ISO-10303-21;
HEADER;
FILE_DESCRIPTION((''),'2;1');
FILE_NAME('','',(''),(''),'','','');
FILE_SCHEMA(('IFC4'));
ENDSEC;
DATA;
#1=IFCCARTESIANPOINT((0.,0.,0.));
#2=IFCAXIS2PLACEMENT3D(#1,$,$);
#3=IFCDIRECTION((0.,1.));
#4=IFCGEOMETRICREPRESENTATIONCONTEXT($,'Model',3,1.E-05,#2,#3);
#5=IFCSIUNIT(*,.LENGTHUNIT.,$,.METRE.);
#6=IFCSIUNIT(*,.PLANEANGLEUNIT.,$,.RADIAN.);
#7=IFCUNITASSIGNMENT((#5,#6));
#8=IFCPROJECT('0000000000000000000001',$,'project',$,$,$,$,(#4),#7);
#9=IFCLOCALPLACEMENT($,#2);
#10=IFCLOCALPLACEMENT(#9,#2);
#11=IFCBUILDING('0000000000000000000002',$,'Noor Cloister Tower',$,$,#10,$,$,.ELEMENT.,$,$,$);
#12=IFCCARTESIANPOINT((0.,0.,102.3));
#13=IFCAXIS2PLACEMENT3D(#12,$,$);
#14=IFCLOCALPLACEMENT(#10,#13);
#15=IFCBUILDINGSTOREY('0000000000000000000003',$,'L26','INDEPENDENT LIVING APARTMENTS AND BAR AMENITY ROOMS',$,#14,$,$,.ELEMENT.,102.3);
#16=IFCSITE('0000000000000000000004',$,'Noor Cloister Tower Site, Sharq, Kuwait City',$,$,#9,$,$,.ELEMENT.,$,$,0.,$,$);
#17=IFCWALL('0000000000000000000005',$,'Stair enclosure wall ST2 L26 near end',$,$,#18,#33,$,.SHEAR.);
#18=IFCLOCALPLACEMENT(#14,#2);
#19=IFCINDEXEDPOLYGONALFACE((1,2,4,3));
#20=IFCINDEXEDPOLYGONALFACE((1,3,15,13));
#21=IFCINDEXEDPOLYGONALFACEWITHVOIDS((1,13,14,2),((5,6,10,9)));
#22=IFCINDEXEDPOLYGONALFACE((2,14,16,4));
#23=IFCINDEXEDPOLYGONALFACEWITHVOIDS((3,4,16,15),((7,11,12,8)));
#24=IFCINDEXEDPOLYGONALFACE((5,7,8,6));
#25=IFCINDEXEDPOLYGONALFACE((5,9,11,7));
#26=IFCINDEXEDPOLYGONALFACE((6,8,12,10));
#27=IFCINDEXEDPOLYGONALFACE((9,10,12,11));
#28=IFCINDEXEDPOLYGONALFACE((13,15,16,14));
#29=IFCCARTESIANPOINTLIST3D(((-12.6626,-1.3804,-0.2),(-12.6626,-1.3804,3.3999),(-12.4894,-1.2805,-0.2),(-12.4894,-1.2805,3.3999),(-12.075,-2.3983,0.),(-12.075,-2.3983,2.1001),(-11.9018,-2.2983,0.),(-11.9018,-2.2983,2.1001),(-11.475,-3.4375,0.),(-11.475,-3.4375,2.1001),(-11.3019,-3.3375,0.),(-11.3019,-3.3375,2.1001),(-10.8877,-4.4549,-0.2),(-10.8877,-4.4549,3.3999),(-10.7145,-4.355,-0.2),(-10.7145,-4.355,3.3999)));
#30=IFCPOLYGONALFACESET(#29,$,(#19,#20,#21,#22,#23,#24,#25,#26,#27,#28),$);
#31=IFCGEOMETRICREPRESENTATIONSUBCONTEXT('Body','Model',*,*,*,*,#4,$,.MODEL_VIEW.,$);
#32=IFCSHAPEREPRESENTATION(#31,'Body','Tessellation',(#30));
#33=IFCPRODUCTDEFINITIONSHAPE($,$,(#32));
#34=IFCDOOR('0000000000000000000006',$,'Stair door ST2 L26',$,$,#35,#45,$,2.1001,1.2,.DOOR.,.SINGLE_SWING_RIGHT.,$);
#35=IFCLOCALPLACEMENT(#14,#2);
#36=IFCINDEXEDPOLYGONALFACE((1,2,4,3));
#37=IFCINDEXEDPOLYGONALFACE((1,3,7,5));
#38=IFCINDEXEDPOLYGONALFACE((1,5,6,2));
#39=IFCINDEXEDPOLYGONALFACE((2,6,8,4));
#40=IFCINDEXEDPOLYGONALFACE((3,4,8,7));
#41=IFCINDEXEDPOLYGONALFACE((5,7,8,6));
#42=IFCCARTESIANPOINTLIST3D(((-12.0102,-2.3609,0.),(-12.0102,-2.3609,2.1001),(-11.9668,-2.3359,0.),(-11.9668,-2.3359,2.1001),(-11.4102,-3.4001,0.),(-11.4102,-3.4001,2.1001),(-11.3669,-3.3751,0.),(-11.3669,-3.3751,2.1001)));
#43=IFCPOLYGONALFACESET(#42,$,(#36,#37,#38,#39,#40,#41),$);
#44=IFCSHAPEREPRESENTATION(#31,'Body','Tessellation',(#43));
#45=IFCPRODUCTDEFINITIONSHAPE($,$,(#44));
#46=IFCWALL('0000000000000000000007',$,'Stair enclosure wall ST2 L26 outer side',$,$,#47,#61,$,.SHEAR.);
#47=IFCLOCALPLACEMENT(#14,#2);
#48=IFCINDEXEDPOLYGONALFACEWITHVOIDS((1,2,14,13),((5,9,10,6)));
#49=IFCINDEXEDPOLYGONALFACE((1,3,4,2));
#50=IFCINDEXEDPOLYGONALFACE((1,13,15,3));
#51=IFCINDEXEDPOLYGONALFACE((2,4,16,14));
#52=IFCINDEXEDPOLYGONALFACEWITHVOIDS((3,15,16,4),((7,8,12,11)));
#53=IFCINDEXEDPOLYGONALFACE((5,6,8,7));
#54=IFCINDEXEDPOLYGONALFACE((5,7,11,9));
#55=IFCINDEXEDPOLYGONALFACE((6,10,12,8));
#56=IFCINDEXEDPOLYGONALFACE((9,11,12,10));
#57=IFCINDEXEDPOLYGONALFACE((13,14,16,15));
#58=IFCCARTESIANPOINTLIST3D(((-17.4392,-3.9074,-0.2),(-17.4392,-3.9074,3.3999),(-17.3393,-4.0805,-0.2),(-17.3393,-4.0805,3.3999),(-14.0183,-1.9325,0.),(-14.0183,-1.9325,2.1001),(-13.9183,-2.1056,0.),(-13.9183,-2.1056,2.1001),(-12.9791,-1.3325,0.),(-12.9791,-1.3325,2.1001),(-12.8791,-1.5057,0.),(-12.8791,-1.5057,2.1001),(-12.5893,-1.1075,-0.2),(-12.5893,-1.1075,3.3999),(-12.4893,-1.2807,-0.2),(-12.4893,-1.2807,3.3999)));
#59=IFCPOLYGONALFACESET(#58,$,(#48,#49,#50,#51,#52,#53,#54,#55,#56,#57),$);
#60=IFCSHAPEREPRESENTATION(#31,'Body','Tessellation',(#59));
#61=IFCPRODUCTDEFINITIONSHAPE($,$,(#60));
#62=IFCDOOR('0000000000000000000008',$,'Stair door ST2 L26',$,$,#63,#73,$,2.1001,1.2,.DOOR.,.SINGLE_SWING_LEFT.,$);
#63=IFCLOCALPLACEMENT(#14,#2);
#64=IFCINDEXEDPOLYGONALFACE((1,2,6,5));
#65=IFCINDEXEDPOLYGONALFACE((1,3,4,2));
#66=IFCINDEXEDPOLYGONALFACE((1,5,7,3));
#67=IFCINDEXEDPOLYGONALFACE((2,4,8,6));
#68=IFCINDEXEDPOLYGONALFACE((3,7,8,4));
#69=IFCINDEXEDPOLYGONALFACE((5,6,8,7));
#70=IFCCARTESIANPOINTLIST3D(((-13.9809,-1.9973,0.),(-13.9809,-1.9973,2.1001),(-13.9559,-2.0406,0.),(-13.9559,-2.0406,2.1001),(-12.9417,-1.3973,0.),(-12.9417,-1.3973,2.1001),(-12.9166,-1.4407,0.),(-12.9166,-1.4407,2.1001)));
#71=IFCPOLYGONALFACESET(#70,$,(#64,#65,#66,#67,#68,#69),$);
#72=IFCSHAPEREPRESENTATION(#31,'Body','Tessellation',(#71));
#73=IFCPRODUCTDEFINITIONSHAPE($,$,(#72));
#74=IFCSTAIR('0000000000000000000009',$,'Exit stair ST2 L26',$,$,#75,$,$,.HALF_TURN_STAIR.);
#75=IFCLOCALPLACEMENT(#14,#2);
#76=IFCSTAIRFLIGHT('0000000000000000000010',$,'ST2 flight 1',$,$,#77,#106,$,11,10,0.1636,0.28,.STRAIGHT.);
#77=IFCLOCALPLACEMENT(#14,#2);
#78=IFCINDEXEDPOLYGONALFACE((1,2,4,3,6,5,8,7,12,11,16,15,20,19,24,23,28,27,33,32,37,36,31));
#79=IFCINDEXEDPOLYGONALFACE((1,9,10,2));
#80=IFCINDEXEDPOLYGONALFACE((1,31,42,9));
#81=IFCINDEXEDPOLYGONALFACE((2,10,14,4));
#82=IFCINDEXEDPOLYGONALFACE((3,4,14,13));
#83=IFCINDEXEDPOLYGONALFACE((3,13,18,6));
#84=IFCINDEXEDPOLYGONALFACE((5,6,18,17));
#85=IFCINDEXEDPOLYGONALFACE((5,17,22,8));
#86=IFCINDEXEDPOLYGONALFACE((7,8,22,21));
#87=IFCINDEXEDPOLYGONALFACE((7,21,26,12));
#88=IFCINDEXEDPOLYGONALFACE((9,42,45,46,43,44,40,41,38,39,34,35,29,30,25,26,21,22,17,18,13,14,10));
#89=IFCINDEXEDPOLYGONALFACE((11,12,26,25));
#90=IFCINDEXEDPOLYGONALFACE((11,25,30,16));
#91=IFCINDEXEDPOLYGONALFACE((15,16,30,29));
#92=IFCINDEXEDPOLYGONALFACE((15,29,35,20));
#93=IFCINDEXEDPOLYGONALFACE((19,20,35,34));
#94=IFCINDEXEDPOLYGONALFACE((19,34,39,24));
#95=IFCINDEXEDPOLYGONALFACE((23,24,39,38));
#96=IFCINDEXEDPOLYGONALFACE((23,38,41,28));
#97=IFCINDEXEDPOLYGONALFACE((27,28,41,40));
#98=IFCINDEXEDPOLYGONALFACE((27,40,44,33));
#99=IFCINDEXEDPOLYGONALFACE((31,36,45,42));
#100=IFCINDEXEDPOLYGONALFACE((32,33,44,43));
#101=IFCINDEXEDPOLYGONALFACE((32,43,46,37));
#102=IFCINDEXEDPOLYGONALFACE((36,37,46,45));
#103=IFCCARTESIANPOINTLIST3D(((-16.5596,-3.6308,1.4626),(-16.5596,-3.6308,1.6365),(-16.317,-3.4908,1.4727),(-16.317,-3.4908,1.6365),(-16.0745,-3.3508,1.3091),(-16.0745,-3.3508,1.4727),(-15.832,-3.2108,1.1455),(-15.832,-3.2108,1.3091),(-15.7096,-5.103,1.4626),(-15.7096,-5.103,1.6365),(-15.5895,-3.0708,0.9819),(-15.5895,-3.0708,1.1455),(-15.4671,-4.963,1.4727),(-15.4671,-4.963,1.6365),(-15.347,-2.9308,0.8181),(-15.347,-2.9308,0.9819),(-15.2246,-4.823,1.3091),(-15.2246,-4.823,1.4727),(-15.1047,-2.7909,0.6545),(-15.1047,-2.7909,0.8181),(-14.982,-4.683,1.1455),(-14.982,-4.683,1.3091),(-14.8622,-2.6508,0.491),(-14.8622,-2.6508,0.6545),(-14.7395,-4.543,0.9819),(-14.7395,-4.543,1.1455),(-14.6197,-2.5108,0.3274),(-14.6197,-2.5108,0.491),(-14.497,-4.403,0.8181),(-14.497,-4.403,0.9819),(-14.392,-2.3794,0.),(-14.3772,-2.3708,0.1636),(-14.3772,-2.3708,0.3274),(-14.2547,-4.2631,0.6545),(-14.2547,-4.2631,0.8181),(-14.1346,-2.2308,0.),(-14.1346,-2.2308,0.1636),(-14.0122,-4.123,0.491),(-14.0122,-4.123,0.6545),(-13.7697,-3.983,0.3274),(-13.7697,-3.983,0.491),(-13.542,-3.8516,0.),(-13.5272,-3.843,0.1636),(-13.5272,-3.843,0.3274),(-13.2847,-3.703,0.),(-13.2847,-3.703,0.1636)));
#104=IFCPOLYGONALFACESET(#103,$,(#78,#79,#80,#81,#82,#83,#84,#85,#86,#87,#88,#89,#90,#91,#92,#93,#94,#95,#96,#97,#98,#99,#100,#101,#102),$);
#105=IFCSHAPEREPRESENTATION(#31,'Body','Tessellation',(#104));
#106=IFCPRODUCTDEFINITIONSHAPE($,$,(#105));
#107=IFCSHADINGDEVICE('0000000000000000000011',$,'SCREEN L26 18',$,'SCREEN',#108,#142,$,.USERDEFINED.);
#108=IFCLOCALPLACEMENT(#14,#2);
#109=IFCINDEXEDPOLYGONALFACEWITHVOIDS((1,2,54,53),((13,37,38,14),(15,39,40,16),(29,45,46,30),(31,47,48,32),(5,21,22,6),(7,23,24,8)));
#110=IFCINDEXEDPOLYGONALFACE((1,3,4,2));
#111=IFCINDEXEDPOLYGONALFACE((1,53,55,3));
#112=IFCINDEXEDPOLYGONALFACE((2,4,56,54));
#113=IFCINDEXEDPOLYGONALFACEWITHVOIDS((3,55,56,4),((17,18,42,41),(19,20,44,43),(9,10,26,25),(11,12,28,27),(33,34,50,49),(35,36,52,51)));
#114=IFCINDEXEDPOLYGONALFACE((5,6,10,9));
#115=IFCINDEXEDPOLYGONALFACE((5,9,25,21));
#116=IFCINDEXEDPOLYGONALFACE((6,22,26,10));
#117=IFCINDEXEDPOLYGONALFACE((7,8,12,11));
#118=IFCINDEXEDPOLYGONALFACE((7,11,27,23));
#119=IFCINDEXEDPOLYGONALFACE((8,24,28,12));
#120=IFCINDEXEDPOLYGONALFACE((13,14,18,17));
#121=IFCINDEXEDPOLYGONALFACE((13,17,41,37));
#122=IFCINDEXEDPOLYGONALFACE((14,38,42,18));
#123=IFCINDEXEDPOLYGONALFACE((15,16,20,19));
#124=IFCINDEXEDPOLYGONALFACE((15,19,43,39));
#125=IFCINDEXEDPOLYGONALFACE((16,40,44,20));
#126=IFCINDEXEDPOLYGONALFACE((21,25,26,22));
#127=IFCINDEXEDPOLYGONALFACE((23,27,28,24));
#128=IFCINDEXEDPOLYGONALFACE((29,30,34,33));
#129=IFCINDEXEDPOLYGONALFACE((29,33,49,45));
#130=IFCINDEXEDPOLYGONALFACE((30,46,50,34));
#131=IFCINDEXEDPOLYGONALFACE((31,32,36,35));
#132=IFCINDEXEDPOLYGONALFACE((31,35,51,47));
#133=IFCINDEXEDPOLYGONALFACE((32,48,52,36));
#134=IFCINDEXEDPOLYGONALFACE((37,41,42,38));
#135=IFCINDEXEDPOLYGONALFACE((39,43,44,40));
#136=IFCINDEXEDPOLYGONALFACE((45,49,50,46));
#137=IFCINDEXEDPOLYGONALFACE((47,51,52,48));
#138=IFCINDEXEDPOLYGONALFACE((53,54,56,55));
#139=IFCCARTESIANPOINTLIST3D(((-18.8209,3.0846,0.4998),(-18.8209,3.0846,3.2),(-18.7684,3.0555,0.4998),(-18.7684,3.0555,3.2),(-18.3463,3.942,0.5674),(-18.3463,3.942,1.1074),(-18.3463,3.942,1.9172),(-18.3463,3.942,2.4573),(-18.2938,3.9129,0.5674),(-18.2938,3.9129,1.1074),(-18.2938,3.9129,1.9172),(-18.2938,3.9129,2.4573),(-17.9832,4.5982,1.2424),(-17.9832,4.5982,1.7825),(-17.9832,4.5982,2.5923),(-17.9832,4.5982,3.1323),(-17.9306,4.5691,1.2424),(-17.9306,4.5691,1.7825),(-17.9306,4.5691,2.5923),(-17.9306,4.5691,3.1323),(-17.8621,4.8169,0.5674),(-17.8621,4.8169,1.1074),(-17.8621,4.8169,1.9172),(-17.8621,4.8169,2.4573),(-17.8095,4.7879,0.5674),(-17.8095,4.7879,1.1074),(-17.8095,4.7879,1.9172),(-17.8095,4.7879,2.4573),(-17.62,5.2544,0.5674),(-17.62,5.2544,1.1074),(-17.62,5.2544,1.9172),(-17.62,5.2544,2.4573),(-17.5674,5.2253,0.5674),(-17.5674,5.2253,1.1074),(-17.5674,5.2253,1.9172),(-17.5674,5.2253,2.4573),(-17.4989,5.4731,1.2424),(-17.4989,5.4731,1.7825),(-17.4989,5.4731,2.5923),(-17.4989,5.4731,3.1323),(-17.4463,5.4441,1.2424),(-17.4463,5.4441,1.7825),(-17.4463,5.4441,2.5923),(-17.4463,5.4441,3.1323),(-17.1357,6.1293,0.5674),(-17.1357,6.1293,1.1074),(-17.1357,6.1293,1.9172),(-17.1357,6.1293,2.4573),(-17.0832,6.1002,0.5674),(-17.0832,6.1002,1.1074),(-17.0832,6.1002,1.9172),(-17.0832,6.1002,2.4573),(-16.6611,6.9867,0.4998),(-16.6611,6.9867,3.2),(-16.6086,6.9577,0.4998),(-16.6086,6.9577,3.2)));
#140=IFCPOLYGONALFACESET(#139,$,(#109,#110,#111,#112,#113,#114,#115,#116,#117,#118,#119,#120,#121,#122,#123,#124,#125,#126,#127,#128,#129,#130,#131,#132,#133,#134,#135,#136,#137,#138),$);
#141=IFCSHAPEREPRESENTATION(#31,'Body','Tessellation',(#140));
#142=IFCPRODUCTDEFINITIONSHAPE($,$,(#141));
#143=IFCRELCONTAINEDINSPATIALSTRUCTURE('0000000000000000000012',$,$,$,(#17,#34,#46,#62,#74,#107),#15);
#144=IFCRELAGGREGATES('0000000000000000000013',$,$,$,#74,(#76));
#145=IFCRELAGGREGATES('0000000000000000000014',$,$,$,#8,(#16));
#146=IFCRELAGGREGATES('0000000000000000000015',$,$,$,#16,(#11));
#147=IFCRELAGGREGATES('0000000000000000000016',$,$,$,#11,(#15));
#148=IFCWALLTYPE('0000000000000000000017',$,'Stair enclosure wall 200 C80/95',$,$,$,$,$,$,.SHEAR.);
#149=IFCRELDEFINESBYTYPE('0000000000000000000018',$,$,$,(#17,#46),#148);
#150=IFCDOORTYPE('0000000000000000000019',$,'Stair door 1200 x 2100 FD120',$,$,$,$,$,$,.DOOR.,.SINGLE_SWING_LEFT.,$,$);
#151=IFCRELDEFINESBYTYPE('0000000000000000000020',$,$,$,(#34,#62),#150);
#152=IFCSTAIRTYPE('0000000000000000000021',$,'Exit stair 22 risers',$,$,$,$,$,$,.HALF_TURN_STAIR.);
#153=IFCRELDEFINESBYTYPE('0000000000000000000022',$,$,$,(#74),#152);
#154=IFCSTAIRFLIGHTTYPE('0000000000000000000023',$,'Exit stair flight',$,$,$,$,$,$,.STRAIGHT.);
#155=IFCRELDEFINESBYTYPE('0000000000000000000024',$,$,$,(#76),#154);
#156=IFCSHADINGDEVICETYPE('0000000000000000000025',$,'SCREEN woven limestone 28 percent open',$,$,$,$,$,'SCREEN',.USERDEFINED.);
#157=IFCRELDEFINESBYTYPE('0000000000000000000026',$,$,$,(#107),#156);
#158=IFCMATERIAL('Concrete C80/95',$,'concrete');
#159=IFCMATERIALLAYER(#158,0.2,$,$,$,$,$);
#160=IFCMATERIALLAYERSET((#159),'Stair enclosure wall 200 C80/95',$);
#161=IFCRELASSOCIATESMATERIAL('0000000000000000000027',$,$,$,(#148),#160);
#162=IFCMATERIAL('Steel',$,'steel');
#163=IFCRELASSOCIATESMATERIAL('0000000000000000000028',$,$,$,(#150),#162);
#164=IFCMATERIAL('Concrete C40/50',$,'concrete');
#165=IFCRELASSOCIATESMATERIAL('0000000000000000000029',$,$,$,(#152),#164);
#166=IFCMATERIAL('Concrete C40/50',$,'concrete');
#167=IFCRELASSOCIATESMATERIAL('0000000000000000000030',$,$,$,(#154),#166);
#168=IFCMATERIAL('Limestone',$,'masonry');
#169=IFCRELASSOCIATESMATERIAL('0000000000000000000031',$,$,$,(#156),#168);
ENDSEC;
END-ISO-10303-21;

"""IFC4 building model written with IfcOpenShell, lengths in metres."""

from ifc_helpers import new_model, si_unit, direction, frame, frame_2d, origin, place, context, subcontext, project, spatial, polyline, rectangle, outline, extrude, material, layer, layer_set, material_profile, profile_set, type_object, element, fill, aggregate, save


model = new_model("IFC4")

# Units and contexts
model_context = context("Model", 3, precision=1e-05, world=origin(), true_north=direction((0.0, 1.0)))
body_context = subcontext(model_context, "Body", "Model", "MODEL_VIEW")
ifc_project = project(units=[si_unit("LENGTHUNIT", "METRE"), si_unit("PLANEANGLEUNIT", "RADIAN")], contexts=[model_context])

# Site, building, storey
site_placement = place(None, origin())
site = spatial("IfcSite", under=ifc_project, at=site_placement, Name="Noor Cloister Tower Site, Sharq, Kuwait City", CompositionType="ELEMENT", RefElevation=0.0)
building_placement = place(site_placement, origin())
building = spatial("IfcBuilding", under=site, at=building_placement, Name="Noor Cloister Tower", CompositionType="ELEMENT")
storey_placement = place(building_placement, frame((0.0, 0.0, 102.3)))
storey = spatial("IfcBuildingStorey", under=building, at=storey_placement, Name="L26", Description="INDEPENDENT LIVING APARTMENTS AND BAR AMENITY ROOMS", CompositionType="ELEMENT", Elevation=102.3)

# Walls, openings, doors
ifc_material_1 = material(Name="Concrete C80/95", Category="concrete")
ifc_layer_1 = layer(ifc_material_1, 0.2)
ifc_layer_set_1 = layer_set([ifc_layer_1], Name="Stair enclosure wall 200 C80/95")
wall_type_1 = type_object("IfcWallType", Name="Stair enclosure wall 200 C80/95", PredefinedType="SHEAR", material=ifc_layer_set_1)
wall_1_placement = place(storey_placement, frame((-12.5759, -1.3306, -0.2), z_axis=(0.0, 0.0, 1.0), x_axis=(0.49997, -0.866042, 0.0)))
wall_1 = element("IfcWall", 1, at=wall_1_placement, inside=storey, type_object=wall_type_1, Name="Stair enclosure wall ST2 L26 near end", PredefinedType="SHEAR", context=body_context, shape_type="SweptSolid", body=[
    extrude(rectangle(XDim=3.55, YDim=0.2, at=frame_2d((1.7749, 0.0))), origin(), (0.0, 0.0, 1.0), 3.5999),
])
opening_1_placement = place(wall_1_placement, frame((1.175, 0.0, 0.2)))
opening_1 = element("IfcOpeningElement", 2, at=opening_1_placement, cuts=wall_1, PredefinedType="OPENING", context=body_context, shape_type="SweptSolid", body=[
    extrude(rectangle(XDim=1.2, YDim=2.1001, at=frame_2d((0.6001, 1.05))), frame((0.0, 0.1099, 0.0), z_axis=(0.0, -1.0, 0.0), x_axis=(1.0, 0.0, 0.0)), (0.0, 0.0, 1.0), 0.22),
])
ifc_material_2 = material(Name="Steel", Category="steel")
door_type = type_object("IfcDoorType", Name="Stair door 1200 x 2100 FD120", OperationType="SINGLE_SWING_LEFT", PredefinedType="DOOR", material=ifc_material_2)
door_1_placement = place(opening_1_placement, origin())
door_1 = element("IfcDoor", 3, at=door_1_placement, inside=storey, type_object=door_type, Name="Stair door ST2 L26", OperationType="SINGLE_SWING_RIGHT", OverallHeight=2.1001, OverallWidth=1.2, PredefinedType="DOOR", context=body_context, shape_type="SweptSolid", body=[
    extrude(rectangle(XDim=1.2, YDim=2.1001, at=frame_2d((0.6001, 1.05))), frame((0.0, 0.0249, 0.0), z_axis=(0.0, -1.0, 0.0), x_axis=(1.0, 0.0, 0.0)), (0.0, 0.0, 1.0), 0.05),
])
fill(opening_1, door_1)
wall_2_placement = place(storey_placement, frame((-12.5393, -1.1941, -0.2), z_axis=(0.0, 0.0, 1.0), x_axis=(-0.866045, -0.499965, 0.0)))
wall_2 = element("IfcWall", 4, at=wall_2_placement, inside=storey, type_object=wall_type_1, Name="Stair enclosure wall ST2 L26 outer side", PredefinedType="SHEAR", context=body_context, shape_type="SweptSolid", body=[
    extrude(rectangle(XDim=5.6001, YDim=0.2, at=frame_2d((2.8, 0.0))), origin(), (0.0, 0.0, 1.0), 3.5999),
])
opening_2_placement = place(wall_2_placement, frame((0.45, 0.0, 0.2)))
opening_2 = element("IfcOpeningElement", 5, at=opening_2_placement, cuts=wall_2, PredefinedType="OPENING", context=body_context, shape_type="SweptSolid", body=[
    extrude(rectangle(XDim=1.2, YDim=2.1001, at=frame_2d((0.6001, 1.05))), frame((0.0, 0.1099, 0.0), z_axis=(0.0, -1.0, 0.0), x_axis=(1.0, 0.0, 0.0)), (0.0, 0.0, 1.0), 0.22),
])
door_2_placement = place(opening_2_placement, origin())
door_2 = element("IfcDoor", 6, at=door_2_placement, inside=storey, type_object=door_type, Name="Stair door ST2 L26", OperationType="SINGLE_SWING_LEFT", OverallHeight=2.1001, OverallWidth=1.2, PredefinedType="DOOR", context=body_context, shape_type="SweptSolid", body=[
    extrude(rectangle(XDim=1.2, YDim=2.1001, at=frame_2d((0.6001, 1.05))), frame((0.0, 0.0249, 0.0), z_axis=(0.0, -1.0, 0.0), x_axis=(1.0, 0.0, 0.0)), (0.0, 0.0, 1.0), 0.05),
])
fill(opening_2, door_2)

# Stair, stair flight
ifc_material_3 = material(Name="Concrete C40/50", Category="concrete")
stair_type = type_object("IfcStairType", Name="Exit stair 22 risers", PredefinedType="HALF_TURN_STAIR", material=ifc_material_3)
stair_placement = place(storey_placement, origin())
stair = element("IfcStair", 7, at=stair_placement, inside=storey, type_object=stair_type, Name="Exit stair ST2 L26", PredefinedType="HALF_TURN_STAIR")
ifc_material_4 = material(Name="Concrete C40/50", Category="concrete")
stair_flight_type = type_object("IfcStairFlightType", Name="Exit stair flight", PredefinedType="STRAIGHT", material=ifc_material_4)
stair_flight_placement = place(storey_placement, frame((-13.7097, -2.9668, 0.0), z_axis=(0.0, 0.0, 1.0), x_axis=(-0.866025, -0.5, 0.0)))
stair_flight = element("IfcStairFlight", 8, at=stair_flight_placement, type_object=stair_flight_type, Name="ST2 flight 1", NumberOfRisers=11, NumberOfTreads=10, PredefinedType="STRAIGHT", RiserHeight=0.1636, TreadLength=0.28, context=body_context, shape_type="SweptSolid", body=[
    extrude(outline(polyline([(0.0, 0.0), (0.0, 0.1636), (0.28, 0.1636), (0.28, 0.3274), (0.5601, 0.3274), (0.5601, 0.491), (0.8401, 0.491), (0.8401, 0.6545), (1.1201, 0.6545), (1.1201, 0.8181), (1.3999, 0.8181), (1.3999, 0.9819), (1.6799, 0.9819), (1.6799, 1.1455), (1.96, 1.1455), (1.96, 1.3091), (2.24, 1.3091), (2.24, 1.4727), (2.52, 1.4727), (2.52, 1.6365), (2.8, 1.6365), (2.8, 1.8), (2.8, 1.4626), (0.2971, 0.0), (0.0, 0.0)])), frame((0.0, 0.8501, 0.0), z_axis=(0.0, -1.0, 0.0), x_axis=(1.0, 0.0, 0.0)), (0.0, 0.0, 1.0), 1.7),
])
aggregate(stair, [stair_flight])

# Shading device
ifc_material_5 = material(Name="Limestone", Category="masonry")
ifc_material_profile_1 = material_profile(ifc_material_5, outline(polyline([(-2.23, -1.3501), (2.23, -1.3501), (2.23, 1.3501), (-2.23, 1.3501), (-2.23, -1.3501)]), holes=[polyline([(-1.25, -1.2825), (-0.25, -1.2825), (-0.25, -0.7424), (-1.25, -0.7424), (-1.25, -1.2825)]), polyline([(0.25, -1.2825), (1.25, -1.2825), (1.25, -0.7424), (0.25, -0.7424), (0.25, -1.2825)]), polyline([(-0.5, -0.6074), (0.5, -0.6074), (0.5, -0.0674), (-0.5, -0.0674), (-0.5, -0.6074)]), polyline([(-1.25, 0.0674), (-0.25, 0.0674), (-0.25, 0.6074), (-1.25, 0.6074), (-1.25, 0.0674)]), polyline([(0.25, 0.0674), (1.25, 0.0674), (1.25, 0.6074), (0.25, 0.6074), (0.25, 0.0674)]), polyline([(-0.5, 0.7424), (0.5, 0.7424), (0.5, 1.2825), (-0.5, 1.2825), (-0.5, 0.7424)])]), Name="Woven screen 28 percent open")
ifc_profile_set_1 = profile_set([ifc_material_profile_1], Name="Limestone")
shading_device_type = type_object("IfcShadingDeviceType", Name="SCREEN woven limestone 28 percent open", ElementType="SCREEN", PredefinedType="USERDEFINED", material=ifc_profile_set_1)
shading_device_1_placement = place(storey_placement, frame((-17.6885, 5.0066, 1.8499), z_axis=(-0.874924, 0.48426, 0.0), x_axis=(-0.48426, -0.874924, 0.0)))
element("IfcShadingDevice", 9, at=shading_device_1_placement, inside=storey, type_object=shading_device_type, Name="SCREEN L26 18", ObjectType="SCREEN", PredefinedType="USERDEFINED", context=body_context, shape_type="SweptSolid", body=[
    extrude(outline(polyline([(-2.23, -1.3501), (2.23, -1.3501), (2.23, 1.3501), (-2.23, 1.3501), (-2.23, -1.3501)]), holes=[polyline([(-1.25, -1.2825), (-0.25, -1.2825), (-0.25, -0.7424), (-1.25, -0.7424), (-1.25, -1.2825)]), polyline([(0.25, -1.2825), (1.25, -1.2825), (1.25, -0.7424), (0.25, -0.7424), (0.25, -1.2825)]), polyline([(-0.5, -0.6074), (0.5, -0.6074), (0.5, -0.0674), (-0.5, -0.0674), (-0.5, -0.6074)]), polyline([(-1.25, 0.0674), (-0.25, 0.0674), (-0.25, 0.6074), (-1.25, 0.6074), (-1.25, 0.0674)]), polyline([(0.25, 0.0674), (1.25, 0.0674), (1.25, 0.6074), (0.25, 0.6074), (0.25, 0.0674)]), polyline([(-0.5, 0.7424), (0.5, 0.7424), (0.5, 1.2825), (-0.5, 1.2825), (-0.5, 0.7424)])]), origin(), (0.0, 0.0, 1.0), 0.0601),
])

save(model, "model.ifc")
